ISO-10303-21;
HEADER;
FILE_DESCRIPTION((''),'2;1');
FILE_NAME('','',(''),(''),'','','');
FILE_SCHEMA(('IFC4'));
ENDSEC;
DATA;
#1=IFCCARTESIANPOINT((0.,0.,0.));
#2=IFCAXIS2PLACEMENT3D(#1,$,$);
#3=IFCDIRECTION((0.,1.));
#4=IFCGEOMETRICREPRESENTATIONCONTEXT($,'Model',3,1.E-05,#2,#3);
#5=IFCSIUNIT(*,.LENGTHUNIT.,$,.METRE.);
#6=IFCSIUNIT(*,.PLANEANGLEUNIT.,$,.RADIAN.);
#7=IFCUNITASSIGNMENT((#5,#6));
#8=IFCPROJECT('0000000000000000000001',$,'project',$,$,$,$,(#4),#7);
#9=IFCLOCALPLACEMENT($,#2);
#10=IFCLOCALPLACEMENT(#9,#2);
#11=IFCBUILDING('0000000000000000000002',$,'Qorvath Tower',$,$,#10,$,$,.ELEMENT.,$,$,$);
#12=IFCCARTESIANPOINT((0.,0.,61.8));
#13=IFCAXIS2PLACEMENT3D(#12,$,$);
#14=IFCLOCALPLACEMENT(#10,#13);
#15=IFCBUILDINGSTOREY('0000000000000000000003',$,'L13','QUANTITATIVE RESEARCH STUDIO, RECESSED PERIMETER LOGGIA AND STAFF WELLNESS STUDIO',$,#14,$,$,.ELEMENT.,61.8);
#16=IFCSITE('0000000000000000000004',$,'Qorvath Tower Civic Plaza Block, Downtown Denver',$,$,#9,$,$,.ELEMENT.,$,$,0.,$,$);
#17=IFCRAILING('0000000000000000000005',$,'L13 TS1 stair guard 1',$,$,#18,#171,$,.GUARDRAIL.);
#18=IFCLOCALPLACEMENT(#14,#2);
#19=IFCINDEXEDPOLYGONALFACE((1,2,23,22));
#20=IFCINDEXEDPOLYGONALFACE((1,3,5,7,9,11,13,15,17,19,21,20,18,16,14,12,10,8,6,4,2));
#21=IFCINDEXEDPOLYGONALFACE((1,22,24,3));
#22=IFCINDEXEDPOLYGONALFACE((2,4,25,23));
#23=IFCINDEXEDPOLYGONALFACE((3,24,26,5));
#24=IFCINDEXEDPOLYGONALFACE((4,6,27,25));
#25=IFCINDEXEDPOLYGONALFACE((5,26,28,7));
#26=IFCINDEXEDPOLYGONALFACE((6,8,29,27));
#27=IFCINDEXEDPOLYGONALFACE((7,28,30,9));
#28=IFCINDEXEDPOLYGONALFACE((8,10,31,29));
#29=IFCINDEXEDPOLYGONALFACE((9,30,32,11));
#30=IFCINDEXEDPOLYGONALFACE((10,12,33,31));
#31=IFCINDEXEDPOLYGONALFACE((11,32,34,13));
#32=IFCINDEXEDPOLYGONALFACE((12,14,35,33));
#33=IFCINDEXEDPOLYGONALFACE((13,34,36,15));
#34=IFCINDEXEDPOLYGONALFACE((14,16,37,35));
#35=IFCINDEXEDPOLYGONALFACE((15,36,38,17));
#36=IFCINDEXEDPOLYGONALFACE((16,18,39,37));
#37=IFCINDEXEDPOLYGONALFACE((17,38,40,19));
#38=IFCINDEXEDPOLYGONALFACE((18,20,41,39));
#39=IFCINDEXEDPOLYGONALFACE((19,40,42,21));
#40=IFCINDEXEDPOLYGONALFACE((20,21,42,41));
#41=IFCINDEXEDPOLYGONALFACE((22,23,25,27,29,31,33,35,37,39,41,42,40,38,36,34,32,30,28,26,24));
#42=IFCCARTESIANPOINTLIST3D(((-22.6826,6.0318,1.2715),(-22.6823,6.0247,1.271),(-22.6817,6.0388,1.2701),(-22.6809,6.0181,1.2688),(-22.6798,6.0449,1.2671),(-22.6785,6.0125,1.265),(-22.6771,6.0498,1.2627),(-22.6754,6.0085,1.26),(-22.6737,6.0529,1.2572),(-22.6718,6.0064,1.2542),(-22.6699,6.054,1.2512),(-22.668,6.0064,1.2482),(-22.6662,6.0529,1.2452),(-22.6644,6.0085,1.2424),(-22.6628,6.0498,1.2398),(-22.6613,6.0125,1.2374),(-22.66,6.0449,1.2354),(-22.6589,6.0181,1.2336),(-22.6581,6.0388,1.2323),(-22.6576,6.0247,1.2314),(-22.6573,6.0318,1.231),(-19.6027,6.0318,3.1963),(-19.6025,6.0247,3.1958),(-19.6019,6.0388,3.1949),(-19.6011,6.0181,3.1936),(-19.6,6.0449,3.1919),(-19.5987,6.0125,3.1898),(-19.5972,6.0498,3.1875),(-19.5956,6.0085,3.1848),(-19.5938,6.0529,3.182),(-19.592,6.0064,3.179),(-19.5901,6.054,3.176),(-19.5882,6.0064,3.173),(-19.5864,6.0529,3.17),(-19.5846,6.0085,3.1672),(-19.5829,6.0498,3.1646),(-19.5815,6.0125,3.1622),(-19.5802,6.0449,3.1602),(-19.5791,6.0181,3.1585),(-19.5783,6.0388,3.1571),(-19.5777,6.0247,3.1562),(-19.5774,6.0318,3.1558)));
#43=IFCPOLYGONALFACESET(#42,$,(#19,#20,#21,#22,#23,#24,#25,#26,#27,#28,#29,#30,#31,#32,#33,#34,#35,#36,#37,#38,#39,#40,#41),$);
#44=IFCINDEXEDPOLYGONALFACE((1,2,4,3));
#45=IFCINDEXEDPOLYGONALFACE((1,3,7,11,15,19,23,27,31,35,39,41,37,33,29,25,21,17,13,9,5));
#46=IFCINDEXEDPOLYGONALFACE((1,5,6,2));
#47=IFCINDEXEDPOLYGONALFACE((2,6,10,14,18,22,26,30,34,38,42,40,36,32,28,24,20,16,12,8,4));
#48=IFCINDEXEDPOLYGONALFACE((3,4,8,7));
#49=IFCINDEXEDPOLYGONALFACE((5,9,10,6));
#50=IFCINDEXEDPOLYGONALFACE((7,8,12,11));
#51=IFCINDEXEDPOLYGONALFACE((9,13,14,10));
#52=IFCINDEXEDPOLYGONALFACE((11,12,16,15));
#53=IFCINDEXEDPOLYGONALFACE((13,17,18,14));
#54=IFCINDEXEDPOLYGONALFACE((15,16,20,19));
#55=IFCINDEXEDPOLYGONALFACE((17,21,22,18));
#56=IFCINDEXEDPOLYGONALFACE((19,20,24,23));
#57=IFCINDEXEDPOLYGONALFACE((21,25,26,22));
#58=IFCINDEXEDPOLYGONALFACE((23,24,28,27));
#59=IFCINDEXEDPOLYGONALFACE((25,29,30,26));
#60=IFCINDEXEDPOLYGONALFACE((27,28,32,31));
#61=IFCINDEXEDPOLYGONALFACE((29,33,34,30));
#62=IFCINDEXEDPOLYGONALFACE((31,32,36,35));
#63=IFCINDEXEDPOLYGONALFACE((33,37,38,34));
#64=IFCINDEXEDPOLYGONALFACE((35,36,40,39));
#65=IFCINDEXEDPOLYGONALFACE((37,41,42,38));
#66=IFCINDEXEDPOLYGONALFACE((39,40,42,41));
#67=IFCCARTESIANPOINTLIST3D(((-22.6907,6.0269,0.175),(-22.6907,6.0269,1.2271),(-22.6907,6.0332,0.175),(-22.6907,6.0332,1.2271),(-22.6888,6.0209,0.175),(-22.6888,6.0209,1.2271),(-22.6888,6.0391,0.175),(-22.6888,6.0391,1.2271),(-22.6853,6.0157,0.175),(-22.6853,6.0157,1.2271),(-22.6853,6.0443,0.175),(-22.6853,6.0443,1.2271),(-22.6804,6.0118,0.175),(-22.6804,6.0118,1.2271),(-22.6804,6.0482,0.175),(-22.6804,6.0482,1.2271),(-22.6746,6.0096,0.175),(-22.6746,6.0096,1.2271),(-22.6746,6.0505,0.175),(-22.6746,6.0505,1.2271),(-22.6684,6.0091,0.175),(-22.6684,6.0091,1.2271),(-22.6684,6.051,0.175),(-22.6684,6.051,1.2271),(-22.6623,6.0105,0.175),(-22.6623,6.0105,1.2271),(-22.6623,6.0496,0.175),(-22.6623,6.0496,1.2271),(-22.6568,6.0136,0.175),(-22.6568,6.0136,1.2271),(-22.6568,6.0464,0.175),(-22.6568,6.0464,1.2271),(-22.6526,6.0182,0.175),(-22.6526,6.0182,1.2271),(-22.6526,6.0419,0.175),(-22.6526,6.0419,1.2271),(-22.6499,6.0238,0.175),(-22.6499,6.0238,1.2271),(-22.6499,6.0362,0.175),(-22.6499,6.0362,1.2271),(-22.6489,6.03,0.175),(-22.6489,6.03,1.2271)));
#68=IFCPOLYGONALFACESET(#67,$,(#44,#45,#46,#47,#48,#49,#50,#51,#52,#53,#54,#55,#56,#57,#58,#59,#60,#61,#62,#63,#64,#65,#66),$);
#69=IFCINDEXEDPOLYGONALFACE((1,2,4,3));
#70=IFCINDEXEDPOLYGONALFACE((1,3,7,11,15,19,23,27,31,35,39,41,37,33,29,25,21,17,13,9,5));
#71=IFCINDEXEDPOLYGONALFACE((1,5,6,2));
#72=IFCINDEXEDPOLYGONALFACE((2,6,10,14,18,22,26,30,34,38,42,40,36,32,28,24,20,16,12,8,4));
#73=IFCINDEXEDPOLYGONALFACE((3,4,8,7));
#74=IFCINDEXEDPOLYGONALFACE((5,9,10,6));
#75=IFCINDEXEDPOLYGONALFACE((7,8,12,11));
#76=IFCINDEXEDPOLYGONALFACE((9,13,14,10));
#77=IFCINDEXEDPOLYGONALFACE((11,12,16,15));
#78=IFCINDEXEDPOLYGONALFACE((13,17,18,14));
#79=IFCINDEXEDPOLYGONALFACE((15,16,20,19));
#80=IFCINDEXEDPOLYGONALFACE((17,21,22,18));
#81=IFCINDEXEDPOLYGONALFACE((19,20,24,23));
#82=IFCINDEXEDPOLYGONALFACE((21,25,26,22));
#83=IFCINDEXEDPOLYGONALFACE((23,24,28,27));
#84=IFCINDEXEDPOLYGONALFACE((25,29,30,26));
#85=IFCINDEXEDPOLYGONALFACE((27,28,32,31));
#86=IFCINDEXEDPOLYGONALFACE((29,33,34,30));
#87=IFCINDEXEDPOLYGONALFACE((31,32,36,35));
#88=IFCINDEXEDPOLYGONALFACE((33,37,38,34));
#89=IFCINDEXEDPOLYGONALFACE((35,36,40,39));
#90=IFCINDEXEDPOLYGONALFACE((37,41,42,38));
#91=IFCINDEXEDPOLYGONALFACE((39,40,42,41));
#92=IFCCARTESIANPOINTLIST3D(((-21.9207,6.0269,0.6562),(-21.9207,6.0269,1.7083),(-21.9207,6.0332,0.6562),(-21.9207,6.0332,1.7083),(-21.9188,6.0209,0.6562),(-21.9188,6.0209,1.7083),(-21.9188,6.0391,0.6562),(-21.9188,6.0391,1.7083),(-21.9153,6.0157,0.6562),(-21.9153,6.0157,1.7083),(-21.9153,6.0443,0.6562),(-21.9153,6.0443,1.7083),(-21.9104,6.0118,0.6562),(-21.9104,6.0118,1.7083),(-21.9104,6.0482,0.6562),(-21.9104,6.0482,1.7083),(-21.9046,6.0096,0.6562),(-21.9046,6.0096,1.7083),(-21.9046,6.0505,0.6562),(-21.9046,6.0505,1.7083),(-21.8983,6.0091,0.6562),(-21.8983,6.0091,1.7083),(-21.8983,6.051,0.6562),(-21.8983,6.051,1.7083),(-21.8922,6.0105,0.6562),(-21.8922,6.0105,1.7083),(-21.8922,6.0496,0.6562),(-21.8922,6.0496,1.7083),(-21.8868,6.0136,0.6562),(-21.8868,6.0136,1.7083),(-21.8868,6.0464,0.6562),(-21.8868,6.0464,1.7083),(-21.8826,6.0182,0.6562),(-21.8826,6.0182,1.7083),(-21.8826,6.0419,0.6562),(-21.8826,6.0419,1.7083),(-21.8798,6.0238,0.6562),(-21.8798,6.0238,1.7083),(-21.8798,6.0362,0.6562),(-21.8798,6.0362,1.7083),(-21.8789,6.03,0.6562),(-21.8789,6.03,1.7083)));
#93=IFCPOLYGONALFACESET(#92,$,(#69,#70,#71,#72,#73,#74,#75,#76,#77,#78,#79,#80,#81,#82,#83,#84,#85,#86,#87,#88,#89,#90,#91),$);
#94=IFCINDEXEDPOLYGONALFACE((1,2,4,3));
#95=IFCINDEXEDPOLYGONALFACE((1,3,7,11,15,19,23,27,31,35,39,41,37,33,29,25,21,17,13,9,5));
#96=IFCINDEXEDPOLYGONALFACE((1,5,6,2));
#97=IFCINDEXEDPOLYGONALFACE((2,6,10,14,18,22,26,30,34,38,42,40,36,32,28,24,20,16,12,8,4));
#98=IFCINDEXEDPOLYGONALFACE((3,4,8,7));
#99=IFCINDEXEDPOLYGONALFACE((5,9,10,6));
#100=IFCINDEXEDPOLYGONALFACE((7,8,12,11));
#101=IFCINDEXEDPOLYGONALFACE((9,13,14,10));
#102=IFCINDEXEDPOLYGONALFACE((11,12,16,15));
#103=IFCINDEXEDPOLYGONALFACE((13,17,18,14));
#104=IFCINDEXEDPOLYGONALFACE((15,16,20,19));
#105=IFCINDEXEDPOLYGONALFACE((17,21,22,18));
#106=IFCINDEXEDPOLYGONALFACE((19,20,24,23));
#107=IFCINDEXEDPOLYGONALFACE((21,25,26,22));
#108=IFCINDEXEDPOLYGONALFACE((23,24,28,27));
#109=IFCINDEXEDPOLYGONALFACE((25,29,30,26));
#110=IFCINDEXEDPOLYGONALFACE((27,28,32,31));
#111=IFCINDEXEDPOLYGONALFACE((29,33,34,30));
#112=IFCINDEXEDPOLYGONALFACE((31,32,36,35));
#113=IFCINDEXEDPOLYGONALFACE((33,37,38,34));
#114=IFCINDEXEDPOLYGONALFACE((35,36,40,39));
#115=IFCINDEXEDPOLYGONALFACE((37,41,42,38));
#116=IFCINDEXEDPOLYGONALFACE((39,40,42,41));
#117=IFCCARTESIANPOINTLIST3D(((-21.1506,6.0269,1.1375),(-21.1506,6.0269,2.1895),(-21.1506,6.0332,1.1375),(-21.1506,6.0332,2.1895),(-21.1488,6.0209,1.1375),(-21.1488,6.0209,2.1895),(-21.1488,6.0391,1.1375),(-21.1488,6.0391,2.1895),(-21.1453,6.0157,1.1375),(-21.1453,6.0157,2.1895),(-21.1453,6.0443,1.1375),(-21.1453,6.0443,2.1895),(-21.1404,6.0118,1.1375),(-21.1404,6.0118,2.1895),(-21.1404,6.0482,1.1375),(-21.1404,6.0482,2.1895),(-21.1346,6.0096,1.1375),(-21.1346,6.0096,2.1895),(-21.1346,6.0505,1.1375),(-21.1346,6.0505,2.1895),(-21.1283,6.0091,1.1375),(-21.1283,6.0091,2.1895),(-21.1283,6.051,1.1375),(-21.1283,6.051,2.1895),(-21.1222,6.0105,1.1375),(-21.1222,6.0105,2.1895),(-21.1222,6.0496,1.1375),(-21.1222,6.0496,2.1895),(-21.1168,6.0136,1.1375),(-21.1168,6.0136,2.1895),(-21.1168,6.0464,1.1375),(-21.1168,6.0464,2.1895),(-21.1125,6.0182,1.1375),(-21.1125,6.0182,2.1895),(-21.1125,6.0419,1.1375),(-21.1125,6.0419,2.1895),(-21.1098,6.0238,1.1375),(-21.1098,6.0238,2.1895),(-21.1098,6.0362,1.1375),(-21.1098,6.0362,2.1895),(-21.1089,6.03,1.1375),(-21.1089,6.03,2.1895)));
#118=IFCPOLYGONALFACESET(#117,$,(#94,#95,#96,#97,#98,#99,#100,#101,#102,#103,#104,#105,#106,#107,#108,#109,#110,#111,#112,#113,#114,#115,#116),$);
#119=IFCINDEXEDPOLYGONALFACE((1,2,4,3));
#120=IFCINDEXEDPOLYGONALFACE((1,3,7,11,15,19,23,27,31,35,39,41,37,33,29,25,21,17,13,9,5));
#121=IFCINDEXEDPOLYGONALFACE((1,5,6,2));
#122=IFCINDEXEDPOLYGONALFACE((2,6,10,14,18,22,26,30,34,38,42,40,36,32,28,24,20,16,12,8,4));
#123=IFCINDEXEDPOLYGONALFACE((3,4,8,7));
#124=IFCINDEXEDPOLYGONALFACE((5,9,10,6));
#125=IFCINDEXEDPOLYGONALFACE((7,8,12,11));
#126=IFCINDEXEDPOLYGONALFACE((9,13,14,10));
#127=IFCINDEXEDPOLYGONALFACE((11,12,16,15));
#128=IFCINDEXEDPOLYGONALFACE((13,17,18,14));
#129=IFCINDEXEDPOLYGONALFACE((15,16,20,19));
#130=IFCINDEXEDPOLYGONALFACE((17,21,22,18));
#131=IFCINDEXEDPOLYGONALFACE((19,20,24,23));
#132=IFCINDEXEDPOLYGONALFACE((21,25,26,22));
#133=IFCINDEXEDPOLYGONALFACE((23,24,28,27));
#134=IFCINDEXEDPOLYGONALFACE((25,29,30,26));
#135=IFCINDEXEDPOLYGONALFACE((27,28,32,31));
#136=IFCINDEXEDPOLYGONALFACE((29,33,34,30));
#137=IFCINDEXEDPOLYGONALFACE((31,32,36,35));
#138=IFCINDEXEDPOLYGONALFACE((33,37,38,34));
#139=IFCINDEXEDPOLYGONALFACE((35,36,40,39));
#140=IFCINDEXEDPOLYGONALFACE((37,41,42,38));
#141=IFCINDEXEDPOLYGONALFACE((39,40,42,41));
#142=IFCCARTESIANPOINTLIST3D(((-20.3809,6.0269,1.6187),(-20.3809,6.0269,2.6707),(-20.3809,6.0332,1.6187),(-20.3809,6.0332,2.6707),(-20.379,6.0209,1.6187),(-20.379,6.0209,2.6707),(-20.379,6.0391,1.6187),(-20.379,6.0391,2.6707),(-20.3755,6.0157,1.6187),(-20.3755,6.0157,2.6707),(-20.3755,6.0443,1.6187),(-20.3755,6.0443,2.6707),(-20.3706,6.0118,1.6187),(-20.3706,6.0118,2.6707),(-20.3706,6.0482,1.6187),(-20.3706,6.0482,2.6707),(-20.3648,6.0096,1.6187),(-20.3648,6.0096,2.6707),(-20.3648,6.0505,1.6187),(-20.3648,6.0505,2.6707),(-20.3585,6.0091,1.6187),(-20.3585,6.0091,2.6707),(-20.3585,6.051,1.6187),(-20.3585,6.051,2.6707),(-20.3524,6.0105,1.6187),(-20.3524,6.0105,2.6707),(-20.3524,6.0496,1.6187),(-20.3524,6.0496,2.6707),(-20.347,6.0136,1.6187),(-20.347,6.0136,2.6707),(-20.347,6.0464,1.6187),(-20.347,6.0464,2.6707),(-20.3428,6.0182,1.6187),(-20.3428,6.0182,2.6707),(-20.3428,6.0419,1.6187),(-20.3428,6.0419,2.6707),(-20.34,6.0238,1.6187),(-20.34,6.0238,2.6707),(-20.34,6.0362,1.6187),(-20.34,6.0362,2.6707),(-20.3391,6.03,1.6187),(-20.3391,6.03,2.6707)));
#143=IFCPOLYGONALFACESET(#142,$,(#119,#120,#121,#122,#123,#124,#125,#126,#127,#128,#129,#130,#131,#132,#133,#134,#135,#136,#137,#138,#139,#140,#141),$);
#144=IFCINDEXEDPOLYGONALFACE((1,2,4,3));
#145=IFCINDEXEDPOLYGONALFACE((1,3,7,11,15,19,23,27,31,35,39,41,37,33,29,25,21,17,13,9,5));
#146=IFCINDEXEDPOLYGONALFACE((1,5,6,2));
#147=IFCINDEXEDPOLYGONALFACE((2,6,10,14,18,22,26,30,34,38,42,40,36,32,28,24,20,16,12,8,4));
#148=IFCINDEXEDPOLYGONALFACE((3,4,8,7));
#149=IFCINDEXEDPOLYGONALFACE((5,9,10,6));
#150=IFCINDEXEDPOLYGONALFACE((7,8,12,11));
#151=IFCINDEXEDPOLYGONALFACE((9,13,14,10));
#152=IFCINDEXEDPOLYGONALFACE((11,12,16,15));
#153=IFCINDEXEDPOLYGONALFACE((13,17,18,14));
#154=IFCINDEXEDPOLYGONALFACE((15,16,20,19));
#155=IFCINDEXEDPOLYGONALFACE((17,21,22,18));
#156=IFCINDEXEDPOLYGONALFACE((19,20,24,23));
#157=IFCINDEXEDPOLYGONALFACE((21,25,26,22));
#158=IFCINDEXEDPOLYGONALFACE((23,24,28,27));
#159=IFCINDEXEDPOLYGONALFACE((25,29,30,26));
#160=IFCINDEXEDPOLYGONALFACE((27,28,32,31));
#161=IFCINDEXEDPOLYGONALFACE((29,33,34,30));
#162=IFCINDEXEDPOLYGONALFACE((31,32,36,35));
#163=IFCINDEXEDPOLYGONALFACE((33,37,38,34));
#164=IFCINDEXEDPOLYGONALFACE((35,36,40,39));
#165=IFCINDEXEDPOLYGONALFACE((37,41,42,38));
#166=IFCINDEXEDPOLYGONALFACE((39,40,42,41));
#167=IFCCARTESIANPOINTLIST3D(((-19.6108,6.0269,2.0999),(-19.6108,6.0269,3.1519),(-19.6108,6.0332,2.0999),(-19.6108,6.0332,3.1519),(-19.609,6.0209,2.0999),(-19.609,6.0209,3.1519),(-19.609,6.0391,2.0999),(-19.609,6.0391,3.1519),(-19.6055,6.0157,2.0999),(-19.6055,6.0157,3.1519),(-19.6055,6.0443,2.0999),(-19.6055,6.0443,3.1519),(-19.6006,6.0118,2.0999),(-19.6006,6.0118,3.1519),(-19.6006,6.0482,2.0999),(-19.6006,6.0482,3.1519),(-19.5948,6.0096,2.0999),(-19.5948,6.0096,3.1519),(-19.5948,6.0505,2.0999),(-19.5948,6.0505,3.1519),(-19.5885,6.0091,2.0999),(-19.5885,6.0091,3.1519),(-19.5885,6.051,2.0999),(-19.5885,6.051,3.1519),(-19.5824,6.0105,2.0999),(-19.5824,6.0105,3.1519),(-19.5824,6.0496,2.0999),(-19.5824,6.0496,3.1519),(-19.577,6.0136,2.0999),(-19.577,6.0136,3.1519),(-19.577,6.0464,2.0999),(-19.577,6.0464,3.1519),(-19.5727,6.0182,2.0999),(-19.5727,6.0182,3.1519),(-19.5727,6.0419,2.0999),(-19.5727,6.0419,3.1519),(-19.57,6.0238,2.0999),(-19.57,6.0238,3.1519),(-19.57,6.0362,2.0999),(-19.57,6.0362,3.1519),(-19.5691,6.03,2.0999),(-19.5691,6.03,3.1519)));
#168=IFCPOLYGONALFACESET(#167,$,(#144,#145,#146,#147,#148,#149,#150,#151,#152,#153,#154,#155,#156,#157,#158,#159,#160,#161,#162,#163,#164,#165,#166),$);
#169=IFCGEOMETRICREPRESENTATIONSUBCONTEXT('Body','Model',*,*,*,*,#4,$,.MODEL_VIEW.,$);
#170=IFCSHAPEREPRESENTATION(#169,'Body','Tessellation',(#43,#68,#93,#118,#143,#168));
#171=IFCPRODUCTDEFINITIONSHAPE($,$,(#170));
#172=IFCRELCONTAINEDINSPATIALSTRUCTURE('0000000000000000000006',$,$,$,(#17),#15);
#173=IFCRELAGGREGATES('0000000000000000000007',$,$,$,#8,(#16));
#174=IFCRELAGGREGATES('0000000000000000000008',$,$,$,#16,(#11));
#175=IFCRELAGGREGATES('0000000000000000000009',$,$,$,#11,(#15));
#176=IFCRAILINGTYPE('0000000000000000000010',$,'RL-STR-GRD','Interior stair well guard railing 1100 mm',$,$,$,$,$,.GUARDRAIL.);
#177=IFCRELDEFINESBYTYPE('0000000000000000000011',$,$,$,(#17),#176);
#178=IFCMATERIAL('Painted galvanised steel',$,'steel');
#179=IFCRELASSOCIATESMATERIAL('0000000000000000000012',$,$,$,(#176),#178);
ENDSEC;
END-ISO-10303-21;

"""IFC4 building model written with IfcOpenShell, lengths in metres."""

from ifc_helpers import new_model, si_unit, direction, frame, origin, origin_2d, place, context, subcontext, project, spatial, circle, extrude, material, type_object, element, save


model = new_model("IFC4")

# Units and contexts
model_context = context("Model", 3, precision=1e-05, world=origin(), true_north=direction((0.0, 1.0)))
body_context = subcontext(model_context, "Body", "Model", "MODEL_VIEW")
ifc_project = project(units=[si_unit("LENGTHUNIT", "METRE"), si_unit("PLANEANGLEUNIT", "RADIAN")], contexts=[model_context])

# Site, building, storey
site_placement = place(None, origin())
site = spatial("IfcSite", under=ifc_project, at=site_placement, Name="Qorvath Tower Civic Plaza Block, Downtown Denver", CompositionType="ELEMENT", RefElevation=0.0)
building_placement = place(site_placement, origin())
building = spatial("IfcBuilding", under=site, at=building_placement, Name="Qorvath Tower", CompositionType="ELEMENT")
storey_placement = place(building_placement, frame((0.0, 0.0, 61.8)))
storey = spatial("IfcBuildingStorey", under=building, at=storey_placement, Name="L13", Description="QUANTITATIVE RESEARCH STUDIO, RECESSED PERIMETER LOGGIA AND STAFF WELLNESS STUDIO", CompositionType="ELEMENT", Elevation=61.8)

# Railing
ifc_material_1 = material(Name="Painted galvanised steel", Category="steel")
railing_type_1 = type_object("IfcRailingType", Name="RL-STR-GRD", Description="Interior stair well guard railing 1100 mm", PredefinedType="GUARDRAIL", material=ifc_material_1)
railing_1_placement = place(storey_placement, frame((-22.6699, 6.03, 0.175)))
element("IfcRailing", 1, at=railing_1_placement, inside=storey, type_object=railing_type_1, Name="L13 TS1 stair guard 1", PredefinedType="GUARDRAIL", context=body_context, shape_type="SweptSolid", body=[
    extrude(circle(Radius=0.0239, at=origin_2d()), frame((0.0, 0.0, 1.0762), z_axis=(0.84801, 0.0, 0.529981), x_axis=(0.0, 1.0, 0.0)), (0.0, 0.0, 1.0), 3.6318),
    extrude(circle(Radius=0.021, at=origin_2d()), origin(), (0.0, 0.0, 1.0), 1.052),
    extrude(circle(Radius=0.021, at=origin_2d()), frame((0.77, 0.0, 0.4812)), (0.0, 0.0, 1.0), 1.052),
    extrude(circle(Radius=0.021, at=origin_2d()), frame((1.54, 0.0, 0.9624)), (0.0, 0.0, 1.0), 1.052),
    extrude(circle(Radius=0.021, at=origin_2d()), frame((2.3098, 0.0, 1.4436)), (0.0, 0.0, 1.0), 1.052),
    extrude(circle(Radius=0.021, at=origin_2d()), frame((3.0798, 0.0, 1.9248)), (0.0, 0.0, 1.0), 1.052),
])

save(model, "model.ifc")
